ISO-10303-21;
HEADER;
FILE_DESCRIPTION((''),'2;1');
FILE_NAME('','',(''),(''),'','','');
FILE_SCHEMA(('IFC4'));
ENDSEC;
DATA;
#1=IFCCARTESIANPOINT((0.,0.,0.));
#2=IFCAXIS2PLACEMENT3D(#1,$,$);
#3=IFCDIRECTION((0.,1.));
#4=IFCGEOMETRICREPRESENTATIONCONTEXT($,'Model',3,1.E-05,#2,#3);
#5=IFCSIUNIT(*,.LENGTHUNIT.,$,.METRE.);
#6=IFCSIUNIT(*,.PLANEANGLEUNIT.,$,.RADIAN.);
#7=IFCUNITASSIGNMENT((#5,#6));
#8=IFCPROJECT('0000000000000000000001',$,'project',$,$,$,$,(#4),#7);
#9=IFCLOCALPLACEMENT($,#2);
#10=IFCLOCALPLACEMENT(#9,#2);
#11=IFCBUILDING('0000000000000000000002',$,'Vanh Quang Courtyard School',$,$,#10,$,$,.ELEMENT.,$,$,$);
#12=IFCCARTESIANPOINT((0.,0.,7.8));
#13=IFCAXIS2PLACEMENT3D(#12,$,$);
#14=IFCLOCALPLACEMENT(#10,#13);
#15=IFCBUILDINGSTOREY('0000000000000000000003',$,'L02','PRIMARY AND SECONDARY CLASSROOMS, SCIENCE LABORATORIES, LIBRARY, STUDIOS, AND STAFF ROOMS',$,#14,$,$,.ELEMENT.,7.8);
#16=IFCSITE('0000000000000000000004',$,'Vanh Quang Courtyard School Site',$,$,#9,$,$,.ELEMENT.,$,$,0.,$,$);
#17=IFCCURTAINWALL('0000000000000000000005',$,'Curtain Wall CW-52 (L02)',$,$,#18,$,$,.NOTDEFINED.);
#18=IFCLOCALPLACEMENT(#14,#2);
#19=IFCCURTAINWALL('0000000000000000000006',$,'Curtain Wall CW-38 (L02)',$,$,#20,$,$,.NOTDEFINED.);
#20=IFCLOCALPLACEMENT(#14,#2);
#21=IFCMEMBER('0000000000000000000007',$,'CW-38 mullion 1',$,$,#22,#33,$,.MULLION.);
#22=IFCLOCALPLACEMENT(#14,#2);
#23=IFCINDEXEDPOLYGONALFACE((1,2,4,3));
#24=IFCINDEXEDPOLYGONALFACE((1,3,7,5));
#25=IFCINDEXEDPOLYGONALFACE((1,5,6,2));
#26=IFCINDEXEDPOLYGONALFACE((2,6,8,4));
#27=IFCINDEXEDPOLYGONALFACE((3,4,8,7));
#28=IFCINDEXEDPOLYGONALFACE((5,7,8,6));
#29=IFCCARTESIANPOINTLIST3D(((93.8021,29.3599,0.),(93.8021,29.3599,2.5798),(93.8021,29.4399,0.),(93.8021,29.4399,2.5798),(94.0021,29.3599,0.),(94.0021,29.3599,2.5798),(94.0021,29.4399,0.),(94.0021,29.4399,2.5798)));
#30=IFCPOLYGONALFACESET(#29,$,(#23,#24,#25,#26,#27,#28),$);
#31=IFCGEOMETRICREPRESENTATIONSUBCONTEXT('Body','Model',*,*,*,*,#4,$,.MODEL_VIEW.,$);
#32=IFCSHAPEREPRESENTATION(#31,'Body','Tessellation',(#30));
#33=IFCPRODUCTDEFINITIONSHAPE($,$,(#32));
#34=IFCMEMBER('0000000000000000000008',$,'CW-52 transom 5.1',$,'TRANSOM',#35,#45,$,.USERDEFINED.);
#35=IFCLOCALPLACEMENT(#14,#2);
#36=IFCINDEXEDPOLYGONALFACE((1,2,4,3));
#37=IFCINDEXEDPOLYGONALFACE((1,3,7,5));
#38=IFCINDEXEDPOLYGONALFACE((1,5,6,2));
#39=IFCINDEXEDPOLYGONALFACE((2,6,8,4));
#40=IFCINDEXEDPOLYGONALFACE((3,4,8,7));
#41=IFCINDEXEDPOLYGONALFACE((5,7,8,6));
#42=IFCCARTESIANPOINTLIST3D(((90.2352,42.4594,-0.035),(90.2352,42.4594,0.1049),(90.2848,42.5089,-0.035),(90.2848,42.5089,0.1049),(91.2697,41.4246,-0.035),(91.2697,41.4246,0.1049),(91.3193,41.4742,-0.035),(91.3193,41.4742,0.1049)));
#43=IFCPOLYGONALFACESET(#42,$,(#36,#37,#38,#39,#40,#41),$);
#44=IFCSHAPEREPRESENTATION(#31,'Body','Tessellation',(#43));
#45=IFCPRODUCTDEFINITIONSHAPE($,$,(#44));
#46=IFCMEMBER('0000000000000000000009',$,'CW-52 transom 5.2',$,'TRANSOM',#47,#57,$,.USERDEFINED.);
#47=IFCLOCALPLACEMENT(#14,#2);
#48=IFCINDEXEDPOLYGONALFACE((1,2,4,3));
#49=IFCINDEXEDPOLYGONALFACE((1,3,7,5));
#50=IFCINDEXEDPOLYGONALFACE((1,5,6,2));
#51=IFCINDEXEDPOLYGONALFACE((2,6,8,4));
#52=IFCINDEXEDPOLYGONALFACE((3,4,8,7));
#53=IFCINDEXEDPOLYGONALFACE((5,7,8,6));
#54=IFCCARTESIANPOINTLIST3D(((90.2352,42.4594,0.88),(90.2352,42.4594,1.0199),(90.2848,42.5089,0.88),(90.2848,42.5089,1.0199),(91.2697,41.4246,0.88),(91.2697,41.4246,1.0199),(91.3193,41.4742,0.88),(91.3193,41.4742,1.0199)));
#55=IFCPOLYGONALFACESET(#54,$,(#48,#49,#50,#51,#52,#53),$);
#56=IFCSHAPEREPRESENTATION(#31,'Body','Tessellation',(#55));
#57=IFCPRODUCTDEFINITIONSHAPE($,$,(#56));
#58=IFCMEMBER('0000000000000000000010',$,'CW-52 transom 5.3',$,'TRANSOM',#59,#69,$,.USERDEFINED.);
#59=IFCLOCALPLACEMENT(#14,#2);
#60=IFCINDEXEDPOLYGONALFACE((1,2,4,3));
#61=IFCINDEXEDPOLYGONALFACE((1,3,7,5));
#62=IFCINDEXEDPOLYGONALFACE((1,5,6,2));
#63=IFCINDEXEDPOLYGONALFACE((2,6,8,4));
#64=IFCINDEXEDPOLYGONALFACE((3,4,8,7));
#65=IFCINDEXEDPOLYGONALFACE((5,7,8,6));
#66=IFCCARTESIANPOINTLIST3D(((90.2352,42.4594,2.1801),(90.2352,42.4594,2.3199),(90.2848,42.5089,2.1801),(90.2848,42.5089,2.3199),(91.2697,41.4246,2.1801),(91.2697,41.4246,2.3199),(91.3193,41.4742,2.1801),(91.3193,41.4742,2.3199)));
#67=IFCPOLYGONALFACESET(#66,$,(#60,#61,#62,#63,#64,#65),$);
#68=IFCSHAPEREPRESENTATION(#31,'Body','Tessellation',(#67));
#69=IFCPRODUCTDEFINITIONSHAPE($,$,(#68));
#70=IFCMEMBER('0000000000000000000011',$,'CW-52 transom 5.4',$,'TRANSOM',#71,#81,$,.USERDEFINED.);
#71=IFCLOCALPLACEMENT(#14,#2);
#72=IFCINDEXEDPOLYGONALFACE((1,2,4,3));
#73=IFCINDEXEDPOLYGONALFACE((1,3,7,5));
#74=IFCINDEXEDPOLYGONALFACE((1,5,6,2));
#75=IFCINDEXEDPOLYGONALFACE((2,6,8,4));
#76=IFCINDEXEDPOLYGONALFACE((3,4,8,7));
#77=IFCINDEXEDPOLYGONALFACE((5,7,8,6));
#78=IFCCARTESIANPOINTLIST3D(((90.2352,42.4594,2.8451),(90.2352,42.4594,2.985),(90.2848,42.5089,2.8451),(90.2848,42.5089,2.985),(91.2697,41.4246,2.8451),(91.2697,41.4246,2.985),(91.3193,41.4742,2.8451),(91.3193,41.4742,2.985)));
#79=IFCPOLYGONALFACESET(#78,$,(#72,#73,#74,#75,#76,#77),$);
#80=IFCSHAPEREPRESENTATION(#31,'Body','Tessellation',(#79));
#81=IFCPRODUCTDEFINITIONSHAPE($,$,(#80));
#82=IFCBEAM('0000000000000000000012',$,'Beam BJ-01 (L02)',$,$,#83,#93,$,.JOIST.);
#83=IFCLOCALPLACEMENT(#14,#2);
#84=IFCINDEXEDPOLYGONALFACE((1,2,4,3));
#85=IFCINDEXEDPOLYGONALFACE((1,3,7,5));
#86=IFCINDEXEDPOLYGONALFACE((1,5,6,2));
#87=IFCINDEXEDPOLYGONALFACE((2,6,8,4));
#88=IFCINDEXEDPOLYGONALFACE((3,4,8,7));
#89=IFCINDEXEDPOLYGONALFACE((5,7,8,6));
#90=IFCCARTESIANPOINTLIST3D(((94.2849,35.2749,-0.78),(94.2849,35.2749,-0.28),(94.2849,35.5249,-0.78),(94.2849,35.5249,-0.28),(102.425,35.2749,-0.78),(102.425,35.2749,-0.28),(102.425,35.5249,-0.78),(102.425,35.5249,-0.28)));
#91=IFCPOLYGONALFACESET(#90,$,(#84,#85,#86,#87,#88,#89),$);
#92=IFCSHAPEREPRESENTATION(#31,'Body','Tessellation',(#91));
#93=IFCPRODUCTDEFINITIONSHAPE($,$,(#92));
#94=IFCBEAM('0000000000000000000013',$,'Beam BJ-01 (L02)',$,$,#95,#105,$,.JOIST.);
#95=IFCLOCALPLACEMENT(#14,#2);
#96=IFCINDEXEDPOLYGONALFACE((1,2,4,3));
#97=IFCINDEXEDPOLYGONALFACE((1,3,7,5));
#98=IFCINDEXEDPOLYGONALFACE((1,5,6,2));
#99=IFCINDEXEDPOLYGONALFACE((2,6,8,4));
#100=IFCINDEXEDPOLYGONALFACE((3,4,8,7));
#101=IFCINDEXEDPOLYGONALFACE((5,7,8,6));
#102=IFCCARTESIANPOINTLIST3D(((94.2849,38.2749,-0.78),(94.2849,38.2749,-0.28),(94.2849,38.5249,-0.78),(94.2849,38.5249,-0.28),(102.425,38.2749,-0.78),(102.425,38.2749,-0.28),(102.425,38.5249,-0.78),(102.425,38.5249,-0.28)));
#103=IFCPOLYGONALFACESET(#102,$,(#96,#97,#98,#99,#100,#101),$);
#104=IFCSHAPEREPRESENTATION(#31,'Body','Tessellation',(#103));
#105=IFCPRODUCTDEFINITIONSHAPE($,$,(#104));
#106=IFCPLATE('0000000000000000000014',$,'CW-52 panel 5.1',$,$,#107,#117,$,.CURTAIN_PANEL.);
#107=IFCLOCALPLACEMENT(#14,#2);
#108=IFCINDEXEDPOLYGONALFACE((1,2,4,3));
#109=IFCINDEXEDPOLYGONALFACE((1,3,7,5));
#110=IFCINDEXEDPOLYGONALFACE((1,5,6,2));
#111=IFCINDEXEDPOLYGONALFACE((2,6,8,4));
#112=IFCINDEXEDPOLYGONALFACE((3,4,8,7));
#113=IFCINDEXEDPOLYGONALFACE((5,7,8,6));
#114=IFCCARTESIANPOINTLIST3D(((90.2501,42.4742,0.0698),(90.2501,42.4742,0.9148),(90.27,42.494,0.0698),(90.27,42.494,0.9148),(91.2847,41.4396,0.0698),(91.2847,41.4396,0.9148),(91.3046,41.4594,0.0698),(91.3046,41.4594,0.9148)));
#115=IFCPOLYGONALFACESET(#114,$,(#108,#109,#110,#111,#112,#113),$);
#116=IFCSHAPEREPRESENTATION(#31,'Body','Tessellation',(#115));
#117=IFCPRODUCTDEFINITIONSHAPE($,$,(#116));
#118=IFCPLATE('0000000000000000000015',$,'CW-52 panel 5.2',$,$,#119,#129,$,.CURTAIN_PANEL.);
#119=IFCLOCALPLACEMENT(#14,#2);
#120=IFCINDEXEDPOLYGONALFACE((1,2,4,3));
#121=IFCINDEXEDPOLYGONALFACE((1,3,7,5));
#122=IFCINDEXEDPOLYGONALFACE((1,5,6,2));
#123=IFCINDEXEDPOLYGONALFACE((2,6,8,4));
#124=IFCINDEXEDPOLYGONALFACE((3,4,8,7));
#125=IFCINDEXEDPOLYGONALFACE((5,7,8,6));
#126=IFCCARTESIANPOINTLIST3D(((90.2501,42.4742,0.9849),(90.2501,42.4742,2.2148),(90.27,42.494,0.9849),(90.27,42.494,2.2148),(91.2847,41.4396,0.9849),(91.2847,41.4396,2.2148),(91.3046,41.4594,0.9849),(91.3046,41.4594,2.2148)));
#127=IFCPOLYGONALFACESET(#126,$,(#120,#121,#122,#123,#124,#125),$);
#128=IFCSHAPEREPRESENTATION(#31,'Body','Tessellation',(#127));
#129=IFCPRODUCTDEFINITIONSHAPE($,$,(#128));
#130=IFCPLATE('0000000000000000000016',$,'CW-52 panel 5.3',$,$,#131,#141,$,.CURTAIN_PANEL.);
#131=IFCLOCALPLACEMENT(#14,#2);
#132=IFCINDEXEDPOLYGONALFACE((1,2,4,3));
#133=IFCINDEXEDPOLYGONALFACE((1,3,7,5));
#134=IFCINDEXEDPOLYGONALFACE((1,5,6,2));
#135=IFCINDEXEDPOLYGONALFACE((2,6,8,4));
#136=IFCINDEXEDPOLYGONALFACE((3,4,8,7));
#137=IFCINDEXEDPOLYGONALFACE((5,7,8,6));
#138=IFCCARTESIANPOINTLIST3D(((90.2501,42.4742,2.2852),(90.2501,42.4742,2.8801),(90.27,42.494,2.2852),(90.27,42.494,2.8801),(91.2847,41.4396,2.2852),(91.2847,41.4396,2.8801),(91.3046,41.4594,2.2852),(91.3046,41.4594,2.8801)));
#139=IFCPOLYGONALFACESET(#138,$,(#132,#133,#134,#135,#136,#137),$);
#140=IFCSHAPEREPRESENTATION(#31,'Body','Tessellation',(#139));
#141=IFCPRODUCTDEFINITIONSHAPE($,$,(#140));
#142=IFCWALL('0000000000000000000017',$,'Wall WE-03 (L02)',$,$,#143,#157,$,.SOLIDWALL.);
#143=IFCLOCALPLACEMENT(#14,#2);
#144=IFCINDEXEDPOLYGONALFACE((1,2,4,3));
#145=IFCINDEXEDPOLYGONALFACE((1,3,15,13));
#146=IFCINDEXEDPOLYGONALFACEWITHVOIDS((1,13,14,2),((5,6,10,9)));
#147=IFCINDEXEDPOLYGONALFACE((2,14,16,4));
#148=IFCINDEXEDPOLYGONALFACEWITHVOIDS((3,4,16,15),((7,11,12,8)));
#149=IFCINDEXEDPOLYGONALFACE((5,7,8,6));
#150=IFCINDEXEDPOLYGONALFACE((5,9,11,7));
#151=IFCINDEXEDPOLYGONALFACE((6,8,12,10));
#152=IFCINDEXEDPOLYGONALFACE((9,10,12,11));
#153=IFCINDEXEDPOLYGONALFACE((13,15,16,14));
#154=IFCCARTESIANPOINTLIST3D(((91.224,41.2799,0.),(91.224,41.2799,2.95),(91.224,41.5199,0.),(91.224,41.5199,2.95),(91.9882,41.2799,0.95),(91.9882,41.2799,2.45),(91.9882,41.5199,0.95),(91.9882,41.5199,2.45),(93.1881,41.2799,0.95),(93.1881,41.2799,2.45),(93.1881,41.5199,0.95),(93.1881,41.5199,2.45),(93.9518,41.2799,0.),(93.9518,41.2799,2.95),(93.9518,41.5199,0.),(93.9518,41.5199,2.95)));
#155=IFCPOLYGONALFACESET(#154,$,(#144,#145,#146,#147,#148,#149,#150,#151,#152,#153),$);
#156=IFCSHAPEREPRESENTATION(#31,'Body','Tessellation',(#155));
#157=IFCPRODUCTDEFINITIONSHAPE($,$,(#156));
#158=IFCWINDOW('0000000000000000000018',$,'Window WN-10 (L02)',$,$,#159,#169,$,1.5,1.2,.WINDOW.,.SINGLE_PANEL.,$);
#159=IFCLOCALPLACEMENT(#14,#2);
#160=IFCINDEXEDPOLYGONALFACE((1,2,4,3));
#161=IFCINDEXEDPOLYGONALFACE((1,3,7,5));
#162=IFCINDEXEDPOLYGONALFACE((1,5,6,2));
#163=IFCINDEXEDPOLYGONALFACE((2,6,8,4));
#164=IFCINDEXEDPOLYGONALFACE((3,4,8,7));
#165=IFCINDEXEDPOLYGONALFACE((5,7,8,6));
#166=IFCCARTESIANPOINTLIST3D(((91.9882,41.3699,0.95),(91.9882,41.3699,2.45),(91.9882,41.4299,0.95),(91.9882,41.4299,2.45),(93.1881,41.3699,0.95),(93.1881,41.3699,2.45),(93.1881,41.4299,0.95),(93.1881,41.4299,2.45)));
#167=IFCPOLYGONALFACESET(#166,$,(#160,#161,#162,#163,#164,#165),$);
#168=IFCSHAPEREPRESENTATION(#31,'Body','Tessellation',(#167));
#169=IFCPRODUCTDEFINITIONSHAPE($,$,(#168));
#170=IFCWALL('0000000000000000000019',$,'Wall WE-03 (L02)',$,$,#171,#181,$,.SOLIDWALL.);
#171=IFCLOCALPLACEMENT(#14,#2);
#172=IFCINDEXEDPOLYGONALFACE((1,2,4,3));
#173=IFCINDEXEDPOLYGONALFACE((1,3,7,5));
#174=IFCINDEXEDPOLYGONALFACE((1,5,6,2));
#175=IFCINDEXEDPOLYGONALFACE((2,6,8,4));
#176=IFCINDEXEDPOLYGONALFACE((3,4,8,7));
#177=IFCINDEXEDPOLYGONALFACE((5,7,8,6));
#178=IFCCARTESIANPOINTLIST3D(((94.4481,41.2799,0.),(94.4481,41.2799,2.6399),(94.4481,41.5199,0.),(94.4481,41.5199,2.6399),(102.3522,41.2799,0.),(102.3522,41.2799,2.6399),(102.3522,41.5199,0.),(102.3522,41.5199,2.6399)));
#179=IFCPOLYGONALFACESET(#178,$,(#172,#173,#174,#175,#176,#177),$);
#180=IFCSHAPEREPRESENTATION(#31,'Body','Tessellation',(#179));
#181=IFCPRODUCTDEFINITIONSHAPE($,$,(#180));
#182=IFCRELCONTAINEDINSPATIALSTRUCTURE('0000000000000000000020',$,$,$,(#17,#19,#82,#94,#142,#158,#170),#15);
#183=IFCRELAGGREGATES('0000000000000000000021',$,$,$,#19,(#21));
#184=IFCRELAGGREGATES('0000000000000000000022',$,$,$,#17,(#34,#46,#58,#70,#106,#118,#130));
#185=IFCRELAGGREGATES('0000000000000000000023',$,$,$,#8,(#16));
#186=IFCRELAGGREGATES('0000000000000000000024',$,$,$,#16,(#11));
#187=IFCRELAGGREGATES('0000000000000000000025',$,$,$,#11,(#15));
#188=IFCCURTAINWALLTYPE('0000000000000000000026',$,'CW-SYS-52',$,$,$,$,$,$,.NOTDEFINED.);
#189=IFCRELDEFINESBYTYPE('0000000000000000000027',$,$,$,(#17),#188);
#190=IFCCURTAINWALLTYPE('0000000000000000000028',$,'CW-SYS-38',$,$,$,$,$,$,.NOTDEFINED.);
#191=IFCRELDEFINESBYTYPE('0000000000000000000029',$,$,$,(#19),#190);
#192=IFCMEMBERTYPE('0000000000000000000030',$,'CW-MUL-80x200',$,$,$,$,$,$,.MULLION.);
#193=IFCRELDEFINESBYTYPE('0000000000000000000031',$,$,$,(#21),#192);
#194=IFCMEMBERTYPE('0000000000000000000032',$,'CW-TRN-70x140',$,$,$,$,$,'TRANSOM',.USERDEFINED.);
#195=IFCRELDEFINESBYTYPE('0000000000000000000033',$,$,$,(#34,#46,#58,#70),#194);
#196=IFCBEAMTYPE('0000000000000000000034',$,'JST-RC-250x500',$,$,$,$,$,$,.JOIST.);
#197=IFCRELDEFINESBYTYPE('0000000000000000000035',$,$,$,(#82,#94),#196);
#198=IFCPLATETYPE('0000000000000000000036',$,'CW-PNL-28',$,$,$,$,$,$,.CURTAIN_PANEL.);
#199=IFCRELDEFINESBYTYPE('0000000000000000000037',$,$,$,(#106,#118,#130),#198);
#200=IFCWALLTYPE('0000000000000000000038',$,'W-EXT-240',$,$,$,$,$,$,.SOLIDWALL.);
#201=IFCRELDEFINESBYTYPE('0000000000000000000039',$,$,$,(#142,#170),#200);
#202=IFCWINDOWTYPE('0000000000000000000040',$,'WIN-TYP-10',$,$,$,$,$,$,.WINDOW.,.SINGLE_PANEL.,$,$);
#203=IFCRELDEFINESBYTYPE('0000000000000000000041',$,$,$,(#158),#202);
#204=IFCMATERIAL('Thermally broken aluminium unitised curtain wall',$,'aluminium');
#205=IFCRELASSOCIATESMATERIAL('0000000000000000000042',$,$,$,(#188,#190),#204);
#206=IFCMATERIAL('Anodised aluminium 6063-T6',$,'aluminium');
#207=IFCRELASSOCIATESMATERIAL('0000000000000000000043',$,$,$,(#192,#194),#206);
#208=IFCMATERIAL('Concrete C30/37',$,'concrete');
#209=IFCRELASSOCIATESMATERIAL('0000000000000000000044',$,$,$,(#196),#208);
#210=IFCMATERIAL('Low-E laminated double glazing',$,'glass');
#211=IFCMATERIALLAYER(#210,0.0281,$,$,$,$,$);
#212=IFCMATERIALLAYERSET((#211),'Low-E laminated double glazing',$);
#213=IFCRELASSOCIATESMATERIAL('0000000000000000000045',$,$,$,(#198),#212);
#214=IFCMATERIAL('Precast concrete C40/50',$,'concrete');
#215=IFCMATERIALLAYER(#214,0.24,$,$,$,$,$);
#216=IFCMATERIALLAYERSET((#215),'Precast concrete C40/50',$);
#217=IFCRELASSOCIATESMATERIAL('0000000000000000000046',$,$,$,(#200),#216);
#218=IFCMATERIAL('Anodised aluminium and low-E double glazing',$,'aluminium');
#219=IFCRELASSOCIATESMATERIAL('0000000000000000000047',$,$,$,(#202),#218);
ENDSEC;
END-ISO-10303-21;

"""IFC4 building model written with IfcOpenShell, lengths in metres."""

from ifc_helpers import new_model, si_unit, direction, frame, frame_2d, origin, origin_2d, place, context, subcontext, project, spatial, rectangle, extrude, material, layer, layer_set, material_profile, profile_set, type_object, element, fill, aggregate, save


model = new_model("IFC4")

# Units and contexts
model_context = context("Model", 3, precision=1e-05, world=origin(), true_north=direction((0.0, 1.0)))
body_context = subcontext(model_context, "Body", "Model", "MODEL_VIEW")
ifc_project = project(units=[si_unit("LENGTHUNIT", "METRE"), si_unit("PLANEANGLEUNIT", "RADIAN")], contexts=[model_context])

# Site, building, storey
site_placement = place(None, origin())
site = spatial("IfcSite", under=ifc_project, at=site_placement, Name="Vanh Quang Courtyard School Site", CompositionType="ELEMENT", RefElevation=0.0)
building_placement = place(site_placement, origin())
building = spatial("IfcBuilding", under=site, at=building_placement, Name="Vanh Quang Courtyard School", CompositionType="ELEMENT")
storey_placement = place(building_placement, frame((0.0, 0.0, 7.8)))
storey = spatial("IfcBuildingStorey", under=building, at=storey_placement, Name="L02", Description="PRIMARY AND SECONDARY CLASSROOMS, SCIENCE LABORATORIES, LIBRARY, STUDIOS, AND STAFF ROOMS", CompositionType="ELEMENT", Elevation=7.8)

# Curtain walls, member
ifc_material_1 = material(Name="Thermally broken aluminium unitised curtain wall", Category="aluminium")
curtain_wall_type_1 = type_object("IfcCurtainWallType", Name="CW-SYS-52", PredefinedType="NOTDEFINED", material=ifc_material_1)
curtain_wall_1_placement = place(storey_placement, origin())
curtain_wall_1 = element("IfcCurtainWall", 1, at=curtain_wall_1_placement, inside=storey, type_object=curtain_wall_type_1, Name="Curtain Wall CW-52 (L02)", PredefinedType="NOTDEFINED")
ifc_material_2 = material(Name="Anodised aluminium 6063-T6", Category="aluminium")
curtain_wall_type_2 = type_object("IfcCurtainWallType", Name="CW-SYS-38", PredefinedType="NOTDEFINED", material=ifc_material_1)
curtain_wall_2_placement = place(storey_placement, origin())
curtain_wall_2 = element("IfcCurtainWall", 2, at=curtain_wall_2_placement, inside=storey, type_object=curtain_wall_type_2, Name="Curtain Wall CW-38 (L02)", PredefinedType="NOTDEFINED")
ifc_material_profile_1 = material_profile(ifc_material_2, rectangle(XDim=0.0801, YDim=0.2, at=origin_2d()), Name="ALU-MUL 80x200")
ifc_profile_set_1 = profile_set([ifc_material_profile_1], Name="Anodised aluminium 6063-T6")
member_type_1 = type_object("IfcMemberType", Name="CW-MUL-80x200", PredefinedType="MULLION", material=ifc_profile_set_1)
member_1_placement = place(storey_placement, frame((93.9021, 29.3999, 0.0), z_axis=(0.0, 0.0, 1.0), x_axis=(0.0, -1.0, 0.0)))
member_1 = element("IfcMember", 3, at=member_1_placement, type_object=member_type_1, Name="CW-38 mullion 1", PredefinedType="MULLION", context=body_context, shape_type="SweptSolid", body=[
    extrude(rectangle(XDim=0.0801, YDim=0.2, at=origin_2d()), origin(), (0.0, 0.0, 1.0), 2.5798),
])
aggregate(curtain_wall_2, [member_1])

# Members
ifc_material_profile_2 = material_profile(ifc_material_2, rectangle(XDim=0.0701, YDim=0.1399, at=origin_2d()), Name="ALU-TRN 70x140")
ifc_profile_set_2 = profile_set([ifc_material_profile_2], Name="Anodised aluminium 6063-T6")
member_type_2 = type_object("IfcMemberType", Name="CW-TRN-70x140", ElementType="TRANSOM", PredefinedType="USERDEFINED", material=ifc_profile_set_2)
member_2_placement = place(storey_placement, frame((90.26, 42.4841, 0.0349), z_axis=(0.707023, -0.70719, 0.0), x_axis=(0.70719, 0.707023, 0.0)))
member_2 = element("IfcMember", 4, at=member_2_placement, type_object=member_type_2, Name="CW-52 transom 5.1", ObjectType="TRANSOM", PredefinedType="USERDEFINED", context=body_context, shape_type="SweptSolid", body=[
    extrude(rectangle(XDim=0.0701, YDim=0.1399, at=origin_2d()), origin(), (0.0, 0.0, 1.0), 1.4631),
])
member_3_placement = place(storey_placement, frame((90.26, 42.4841, 0.95), z_axis=(0.707023, -0.70719, 0.0), x_axis=(0.70719, 0.707023, 0.0)))
member_3 = element("IfcMember", 5, at=member_3_placement, type_object=member_type_2, Name="CW-52 transom 5.2", ObjectType="TRANSOM", PredefinedType="USERDEFINED", context=body_context, shape_type="SweptSolid", body=[
    extrude(rectangle(XDim=0.0701, YDim=0.1399, at=origin_2d()), origin(), (0.0, 0.0, 1.0), 1.4631),
])
member_4_placement = place(storey_placement, frame((90.26, 42.4841, 2.25), z_axis=(0.707023, -0.70719, 0.0), x_axis=(0.70719, 0.707023, 0.0)))
member_4 = element("IfcMember", 6, at=member_4_placement, type_object=member_type_2, Name="CW-52 transom 5.3", ObjectType="TRANSOM", PredefinedType="USERDEFINED", context=body_context, shape_type="SweptSolid", body=[
    extrude(rectangle(XDim=0.0701, YDim=0.1399, at=origin_2d()), origin(), (0.0, 0.0, 1.0), 1.4631),
])
member_5_placement = place(storey_placement, frame((90.26, 42.4841, 2.915), z_axis=(0.707023, -0.70719, 0.0), x_axis=(0.70719, 0.707023, 0.0)))
member_5 = element("IfcMember", 7, at=member_5_placement, type_object=member_type_2, Name="CW-52 transom 5.4", ObjectType="TRANSOM", PredefinedType="USERDEFINED", context=body_context, shape_type="SweptSolid", body=[
    extrude(rectangle(XDim=0.0701, YDim=0.1399, at=origin_2d()), origin(), (0.0, 0.0, 1.0), 1.4631),
])

# Beams
ifc_material_3 = material(Name="Concrete C30/37", Category="concrete")
ifc_material_profile_3 = material_profile(ifc_material_3, rectangle(XDim=0.25, YDim=0.5, at=origin_2d()), Name="RC-JST 250x500")
ifc_profile_set_3 = profile_set([ifc_material_profile_3], Name="Concrete C30/37")
beam_type_1 = type_object("IfcBeamType", Name="JST-RC-250x500", PredefinedType="JOIST", material=ifc_profile_set_3)
for number, where, z_axis, x_axis, name in (
    (8, (94.2849, 35.3999, -0.53), (1.0, 0.0, 0.0), (0.0, 1.0, 0.0), "Beam BJ-01 (L02)"),
    (9, (94.2849, 38.3999, -0.53), (1.0, 0.0, 0.0), (0.0, 1.0, 0.0), "Beam BJ-01 (L02)"),
):
    element("IfcBeam", number, at=place(storey_placement, frame(where, z_axis=z_axis, x_axis=x_axis)), inside=storey, type_object=beam_type_1, Name=name, PredefinedType="JOIST", context=body_context, shape_type="SweptSolid", body=[
        extrude(rectangle(XDim=0.25, YDim=0.5, at=origin_2d()), origin(), (0.0, 0.0, 1.0), 8.1401),
    ])

# Plates
ifc_material_4 = material(Name="Low-E laminated double glazing", Category="glass")
ifc_layer_1 = layer(ifc_material_4, 0.0281)
ifc_layer_set_1 = layer_set([ifc_layer_1], Name="Low-E laminated double glazing")
plate_type = type_object("IfcPlateType", Name="CW-PNL-28", PredefinedType="CURTAIN_PANEL", material=ifc_layer_set_1)
plate_1_placement = place(storey_placement, frame((90.7773, 41.9668, 0.0698), z_axis=(0.0, 0.0, 1.0), x_axis=(0.707107, -0.707107, 0.0)))
plate_1 = element("IfcPlate", 10, at=plate_1_placement, type_object=plate_type, Name="CW-52 panel 5.1", PredefinedType="CURTAIN_PANEL", context=body_context, shape_type="SweptSolid", body=[
    extrude(rectangle(XDim=1.4631, YDim=0.0281, at=origin_2d()), origin(), (0.0, 0.0, 1.0), 0.845),
])
plate_2_placement = place(storey_placement, frame((90.7773, 41.9668, 0.9849), z_axis=(0.0, 0.0, 1.0), x_axis=(0.707107, -0.707107, 0.0)))
plate_2 = element("IfcPlate", 11, at=plate_2_placement, type_object=plate_type, Name="CW-52 panel 5.2", PredefinedType="CURTAIN_PANEL", context=body_context, shape_type="SweptSolid", body=[
    extrude(rectangle(XDim=1.4631, YDim=0.0281, at=origin_2d()), origin(), (0.0, 0.0, 1.0), 1.23),
])
plate_3_placement = place(storey_placement, frame((90.7773, 41.9668, 2.2852), z_axis=(0.0, 0.0, 1.0), x_axis=(0.707107, -0.707107, 0.0)))
plate_3 = element("IfcPlate", 12, at=plate_3_placement, type_object=plate_type, Name="CW-52 panel 5.3", PredefinedType="CURTAIN_PANEL", context=body_context, shape_type="SweptSolid", body=[
    extrude(rectangle(XDim=1.4631, YDim=0.0281, at=origin_2d()), origin(), (0.0, 0.0, 1.0), 0.595),
])
aggregate(curtain_wall_1, [member_2, member_3, member_4, member_5, plate_1, plate_2, plate_3])

# Wall, opening, window
ifc_material_5 = material(Name="Precast concrete C40/50", Category="concrete")
ifc_layer_2 = layer(ifc_material_5, 0.24)
ifc_layer_set_2 = layer_set([ifc_layer_2], Name="Precast concrete C40/50")
wall_type_1 = type_object("IfcWallType", Name="W-EXT-240", PredefinedType="SOLIDWALL", material=ifc_layer_set_2)
wall_1_placement = place(storey_placement, frame((91.2241, 41.3999, 0.0), z_axis=(0.0, 0.0, 1.0), x_axis=(1.0, 0.0, 0.0)))
wall_1 = element("IfcWall", 13, at=wall_1_placement, inside=storey, type_object=wall_type_1, Name="Wall WE-03 (L02)", PredefinedType="SOLIDWALL", context=body_context, shape_type="SweptSolid", body=[
    extrude(rectangle(XDim=2.7278, YDim=0.24, at=frame_2d((1.3638, 0.0))), origin(), (0.0, 0.0, 1.0), 2.95),
])
opening_1_placement = place(wall_1_placement, frame((0.7639, 0.0, 0.95)))
opening_1 = element("IfcOpeningElement", 14, at=opening_1_placement, cuts=wall_1, PredefinedType="OPENING", context=body_context, shape_type="SweptSolid", body=[
    extrude(rectangle(XDim=1.2, YDim=1.5, at=frame_2d((0.6001, 0.75))), frame((0.0, 0.1299, 0.0), z_axis=(0.0, -1.0, 0.0), x_axis=(1.0, 0.0, 0.0)), (0.0, 0.0, 1.0), 0.26),
])
ifc_material_6 = material(Name="Anodised aluminium and low-E double glazing", Category="aluminium")
window_type = type_object("IfcWindowType", Name="WIN-TYP-10", PartitioningType="SINGLE_PANEL", PredefinedType="WINDOW", material=ifc_material_6)
window_placement = place(opening_1_placement, origin())
window = element("IfcWindow", 15, at=window_placement, inside=storey, type_object=window_type, Name="Window WN-10 (L02)", OverallHeight=1.5, OverallWidth=1.2, PartitioningType="SINGLE_PANEL", PredefinedType="WINDOW", context=body_context, shape_type="SweptSolid", body=[
    extrude(rectangle(XDim=1.2, YDim=1.5, at=frame_2d((0.6001, 0.75))), frame((0.0, 0.03, 0.0), z_axis=(0.0, -1.0, 0.0), x_axis=(1.0, 0.0, 0.0)), (0.0, 0.0, 1.0), 0.0601),
])
fill(opening_1, window)

# Wall
wall_2_placement = place(storey_placement, frame((94.448, 41.3999, 0.0), z_axis=(0.0, 0.0, 1.0), x_axis=(1.0, 0.0, 0.0)))
element("IfcWall", 16, at=wall_2_placement, inside=storey, type_object=wall_type_1, Name="Wall WE-03 (L02)", PredefinedType="SOLIDWALL", context=body_context, shape_type="SweptSolid", body=[
    extrude(rectangle(XDim=7.9041, YDim=0.24, at=frame_2d((3.9521, 0.0))), origin(), (0.0, 0.0, 1.0), 2.6399),
])

save(model, "model.ifc")
